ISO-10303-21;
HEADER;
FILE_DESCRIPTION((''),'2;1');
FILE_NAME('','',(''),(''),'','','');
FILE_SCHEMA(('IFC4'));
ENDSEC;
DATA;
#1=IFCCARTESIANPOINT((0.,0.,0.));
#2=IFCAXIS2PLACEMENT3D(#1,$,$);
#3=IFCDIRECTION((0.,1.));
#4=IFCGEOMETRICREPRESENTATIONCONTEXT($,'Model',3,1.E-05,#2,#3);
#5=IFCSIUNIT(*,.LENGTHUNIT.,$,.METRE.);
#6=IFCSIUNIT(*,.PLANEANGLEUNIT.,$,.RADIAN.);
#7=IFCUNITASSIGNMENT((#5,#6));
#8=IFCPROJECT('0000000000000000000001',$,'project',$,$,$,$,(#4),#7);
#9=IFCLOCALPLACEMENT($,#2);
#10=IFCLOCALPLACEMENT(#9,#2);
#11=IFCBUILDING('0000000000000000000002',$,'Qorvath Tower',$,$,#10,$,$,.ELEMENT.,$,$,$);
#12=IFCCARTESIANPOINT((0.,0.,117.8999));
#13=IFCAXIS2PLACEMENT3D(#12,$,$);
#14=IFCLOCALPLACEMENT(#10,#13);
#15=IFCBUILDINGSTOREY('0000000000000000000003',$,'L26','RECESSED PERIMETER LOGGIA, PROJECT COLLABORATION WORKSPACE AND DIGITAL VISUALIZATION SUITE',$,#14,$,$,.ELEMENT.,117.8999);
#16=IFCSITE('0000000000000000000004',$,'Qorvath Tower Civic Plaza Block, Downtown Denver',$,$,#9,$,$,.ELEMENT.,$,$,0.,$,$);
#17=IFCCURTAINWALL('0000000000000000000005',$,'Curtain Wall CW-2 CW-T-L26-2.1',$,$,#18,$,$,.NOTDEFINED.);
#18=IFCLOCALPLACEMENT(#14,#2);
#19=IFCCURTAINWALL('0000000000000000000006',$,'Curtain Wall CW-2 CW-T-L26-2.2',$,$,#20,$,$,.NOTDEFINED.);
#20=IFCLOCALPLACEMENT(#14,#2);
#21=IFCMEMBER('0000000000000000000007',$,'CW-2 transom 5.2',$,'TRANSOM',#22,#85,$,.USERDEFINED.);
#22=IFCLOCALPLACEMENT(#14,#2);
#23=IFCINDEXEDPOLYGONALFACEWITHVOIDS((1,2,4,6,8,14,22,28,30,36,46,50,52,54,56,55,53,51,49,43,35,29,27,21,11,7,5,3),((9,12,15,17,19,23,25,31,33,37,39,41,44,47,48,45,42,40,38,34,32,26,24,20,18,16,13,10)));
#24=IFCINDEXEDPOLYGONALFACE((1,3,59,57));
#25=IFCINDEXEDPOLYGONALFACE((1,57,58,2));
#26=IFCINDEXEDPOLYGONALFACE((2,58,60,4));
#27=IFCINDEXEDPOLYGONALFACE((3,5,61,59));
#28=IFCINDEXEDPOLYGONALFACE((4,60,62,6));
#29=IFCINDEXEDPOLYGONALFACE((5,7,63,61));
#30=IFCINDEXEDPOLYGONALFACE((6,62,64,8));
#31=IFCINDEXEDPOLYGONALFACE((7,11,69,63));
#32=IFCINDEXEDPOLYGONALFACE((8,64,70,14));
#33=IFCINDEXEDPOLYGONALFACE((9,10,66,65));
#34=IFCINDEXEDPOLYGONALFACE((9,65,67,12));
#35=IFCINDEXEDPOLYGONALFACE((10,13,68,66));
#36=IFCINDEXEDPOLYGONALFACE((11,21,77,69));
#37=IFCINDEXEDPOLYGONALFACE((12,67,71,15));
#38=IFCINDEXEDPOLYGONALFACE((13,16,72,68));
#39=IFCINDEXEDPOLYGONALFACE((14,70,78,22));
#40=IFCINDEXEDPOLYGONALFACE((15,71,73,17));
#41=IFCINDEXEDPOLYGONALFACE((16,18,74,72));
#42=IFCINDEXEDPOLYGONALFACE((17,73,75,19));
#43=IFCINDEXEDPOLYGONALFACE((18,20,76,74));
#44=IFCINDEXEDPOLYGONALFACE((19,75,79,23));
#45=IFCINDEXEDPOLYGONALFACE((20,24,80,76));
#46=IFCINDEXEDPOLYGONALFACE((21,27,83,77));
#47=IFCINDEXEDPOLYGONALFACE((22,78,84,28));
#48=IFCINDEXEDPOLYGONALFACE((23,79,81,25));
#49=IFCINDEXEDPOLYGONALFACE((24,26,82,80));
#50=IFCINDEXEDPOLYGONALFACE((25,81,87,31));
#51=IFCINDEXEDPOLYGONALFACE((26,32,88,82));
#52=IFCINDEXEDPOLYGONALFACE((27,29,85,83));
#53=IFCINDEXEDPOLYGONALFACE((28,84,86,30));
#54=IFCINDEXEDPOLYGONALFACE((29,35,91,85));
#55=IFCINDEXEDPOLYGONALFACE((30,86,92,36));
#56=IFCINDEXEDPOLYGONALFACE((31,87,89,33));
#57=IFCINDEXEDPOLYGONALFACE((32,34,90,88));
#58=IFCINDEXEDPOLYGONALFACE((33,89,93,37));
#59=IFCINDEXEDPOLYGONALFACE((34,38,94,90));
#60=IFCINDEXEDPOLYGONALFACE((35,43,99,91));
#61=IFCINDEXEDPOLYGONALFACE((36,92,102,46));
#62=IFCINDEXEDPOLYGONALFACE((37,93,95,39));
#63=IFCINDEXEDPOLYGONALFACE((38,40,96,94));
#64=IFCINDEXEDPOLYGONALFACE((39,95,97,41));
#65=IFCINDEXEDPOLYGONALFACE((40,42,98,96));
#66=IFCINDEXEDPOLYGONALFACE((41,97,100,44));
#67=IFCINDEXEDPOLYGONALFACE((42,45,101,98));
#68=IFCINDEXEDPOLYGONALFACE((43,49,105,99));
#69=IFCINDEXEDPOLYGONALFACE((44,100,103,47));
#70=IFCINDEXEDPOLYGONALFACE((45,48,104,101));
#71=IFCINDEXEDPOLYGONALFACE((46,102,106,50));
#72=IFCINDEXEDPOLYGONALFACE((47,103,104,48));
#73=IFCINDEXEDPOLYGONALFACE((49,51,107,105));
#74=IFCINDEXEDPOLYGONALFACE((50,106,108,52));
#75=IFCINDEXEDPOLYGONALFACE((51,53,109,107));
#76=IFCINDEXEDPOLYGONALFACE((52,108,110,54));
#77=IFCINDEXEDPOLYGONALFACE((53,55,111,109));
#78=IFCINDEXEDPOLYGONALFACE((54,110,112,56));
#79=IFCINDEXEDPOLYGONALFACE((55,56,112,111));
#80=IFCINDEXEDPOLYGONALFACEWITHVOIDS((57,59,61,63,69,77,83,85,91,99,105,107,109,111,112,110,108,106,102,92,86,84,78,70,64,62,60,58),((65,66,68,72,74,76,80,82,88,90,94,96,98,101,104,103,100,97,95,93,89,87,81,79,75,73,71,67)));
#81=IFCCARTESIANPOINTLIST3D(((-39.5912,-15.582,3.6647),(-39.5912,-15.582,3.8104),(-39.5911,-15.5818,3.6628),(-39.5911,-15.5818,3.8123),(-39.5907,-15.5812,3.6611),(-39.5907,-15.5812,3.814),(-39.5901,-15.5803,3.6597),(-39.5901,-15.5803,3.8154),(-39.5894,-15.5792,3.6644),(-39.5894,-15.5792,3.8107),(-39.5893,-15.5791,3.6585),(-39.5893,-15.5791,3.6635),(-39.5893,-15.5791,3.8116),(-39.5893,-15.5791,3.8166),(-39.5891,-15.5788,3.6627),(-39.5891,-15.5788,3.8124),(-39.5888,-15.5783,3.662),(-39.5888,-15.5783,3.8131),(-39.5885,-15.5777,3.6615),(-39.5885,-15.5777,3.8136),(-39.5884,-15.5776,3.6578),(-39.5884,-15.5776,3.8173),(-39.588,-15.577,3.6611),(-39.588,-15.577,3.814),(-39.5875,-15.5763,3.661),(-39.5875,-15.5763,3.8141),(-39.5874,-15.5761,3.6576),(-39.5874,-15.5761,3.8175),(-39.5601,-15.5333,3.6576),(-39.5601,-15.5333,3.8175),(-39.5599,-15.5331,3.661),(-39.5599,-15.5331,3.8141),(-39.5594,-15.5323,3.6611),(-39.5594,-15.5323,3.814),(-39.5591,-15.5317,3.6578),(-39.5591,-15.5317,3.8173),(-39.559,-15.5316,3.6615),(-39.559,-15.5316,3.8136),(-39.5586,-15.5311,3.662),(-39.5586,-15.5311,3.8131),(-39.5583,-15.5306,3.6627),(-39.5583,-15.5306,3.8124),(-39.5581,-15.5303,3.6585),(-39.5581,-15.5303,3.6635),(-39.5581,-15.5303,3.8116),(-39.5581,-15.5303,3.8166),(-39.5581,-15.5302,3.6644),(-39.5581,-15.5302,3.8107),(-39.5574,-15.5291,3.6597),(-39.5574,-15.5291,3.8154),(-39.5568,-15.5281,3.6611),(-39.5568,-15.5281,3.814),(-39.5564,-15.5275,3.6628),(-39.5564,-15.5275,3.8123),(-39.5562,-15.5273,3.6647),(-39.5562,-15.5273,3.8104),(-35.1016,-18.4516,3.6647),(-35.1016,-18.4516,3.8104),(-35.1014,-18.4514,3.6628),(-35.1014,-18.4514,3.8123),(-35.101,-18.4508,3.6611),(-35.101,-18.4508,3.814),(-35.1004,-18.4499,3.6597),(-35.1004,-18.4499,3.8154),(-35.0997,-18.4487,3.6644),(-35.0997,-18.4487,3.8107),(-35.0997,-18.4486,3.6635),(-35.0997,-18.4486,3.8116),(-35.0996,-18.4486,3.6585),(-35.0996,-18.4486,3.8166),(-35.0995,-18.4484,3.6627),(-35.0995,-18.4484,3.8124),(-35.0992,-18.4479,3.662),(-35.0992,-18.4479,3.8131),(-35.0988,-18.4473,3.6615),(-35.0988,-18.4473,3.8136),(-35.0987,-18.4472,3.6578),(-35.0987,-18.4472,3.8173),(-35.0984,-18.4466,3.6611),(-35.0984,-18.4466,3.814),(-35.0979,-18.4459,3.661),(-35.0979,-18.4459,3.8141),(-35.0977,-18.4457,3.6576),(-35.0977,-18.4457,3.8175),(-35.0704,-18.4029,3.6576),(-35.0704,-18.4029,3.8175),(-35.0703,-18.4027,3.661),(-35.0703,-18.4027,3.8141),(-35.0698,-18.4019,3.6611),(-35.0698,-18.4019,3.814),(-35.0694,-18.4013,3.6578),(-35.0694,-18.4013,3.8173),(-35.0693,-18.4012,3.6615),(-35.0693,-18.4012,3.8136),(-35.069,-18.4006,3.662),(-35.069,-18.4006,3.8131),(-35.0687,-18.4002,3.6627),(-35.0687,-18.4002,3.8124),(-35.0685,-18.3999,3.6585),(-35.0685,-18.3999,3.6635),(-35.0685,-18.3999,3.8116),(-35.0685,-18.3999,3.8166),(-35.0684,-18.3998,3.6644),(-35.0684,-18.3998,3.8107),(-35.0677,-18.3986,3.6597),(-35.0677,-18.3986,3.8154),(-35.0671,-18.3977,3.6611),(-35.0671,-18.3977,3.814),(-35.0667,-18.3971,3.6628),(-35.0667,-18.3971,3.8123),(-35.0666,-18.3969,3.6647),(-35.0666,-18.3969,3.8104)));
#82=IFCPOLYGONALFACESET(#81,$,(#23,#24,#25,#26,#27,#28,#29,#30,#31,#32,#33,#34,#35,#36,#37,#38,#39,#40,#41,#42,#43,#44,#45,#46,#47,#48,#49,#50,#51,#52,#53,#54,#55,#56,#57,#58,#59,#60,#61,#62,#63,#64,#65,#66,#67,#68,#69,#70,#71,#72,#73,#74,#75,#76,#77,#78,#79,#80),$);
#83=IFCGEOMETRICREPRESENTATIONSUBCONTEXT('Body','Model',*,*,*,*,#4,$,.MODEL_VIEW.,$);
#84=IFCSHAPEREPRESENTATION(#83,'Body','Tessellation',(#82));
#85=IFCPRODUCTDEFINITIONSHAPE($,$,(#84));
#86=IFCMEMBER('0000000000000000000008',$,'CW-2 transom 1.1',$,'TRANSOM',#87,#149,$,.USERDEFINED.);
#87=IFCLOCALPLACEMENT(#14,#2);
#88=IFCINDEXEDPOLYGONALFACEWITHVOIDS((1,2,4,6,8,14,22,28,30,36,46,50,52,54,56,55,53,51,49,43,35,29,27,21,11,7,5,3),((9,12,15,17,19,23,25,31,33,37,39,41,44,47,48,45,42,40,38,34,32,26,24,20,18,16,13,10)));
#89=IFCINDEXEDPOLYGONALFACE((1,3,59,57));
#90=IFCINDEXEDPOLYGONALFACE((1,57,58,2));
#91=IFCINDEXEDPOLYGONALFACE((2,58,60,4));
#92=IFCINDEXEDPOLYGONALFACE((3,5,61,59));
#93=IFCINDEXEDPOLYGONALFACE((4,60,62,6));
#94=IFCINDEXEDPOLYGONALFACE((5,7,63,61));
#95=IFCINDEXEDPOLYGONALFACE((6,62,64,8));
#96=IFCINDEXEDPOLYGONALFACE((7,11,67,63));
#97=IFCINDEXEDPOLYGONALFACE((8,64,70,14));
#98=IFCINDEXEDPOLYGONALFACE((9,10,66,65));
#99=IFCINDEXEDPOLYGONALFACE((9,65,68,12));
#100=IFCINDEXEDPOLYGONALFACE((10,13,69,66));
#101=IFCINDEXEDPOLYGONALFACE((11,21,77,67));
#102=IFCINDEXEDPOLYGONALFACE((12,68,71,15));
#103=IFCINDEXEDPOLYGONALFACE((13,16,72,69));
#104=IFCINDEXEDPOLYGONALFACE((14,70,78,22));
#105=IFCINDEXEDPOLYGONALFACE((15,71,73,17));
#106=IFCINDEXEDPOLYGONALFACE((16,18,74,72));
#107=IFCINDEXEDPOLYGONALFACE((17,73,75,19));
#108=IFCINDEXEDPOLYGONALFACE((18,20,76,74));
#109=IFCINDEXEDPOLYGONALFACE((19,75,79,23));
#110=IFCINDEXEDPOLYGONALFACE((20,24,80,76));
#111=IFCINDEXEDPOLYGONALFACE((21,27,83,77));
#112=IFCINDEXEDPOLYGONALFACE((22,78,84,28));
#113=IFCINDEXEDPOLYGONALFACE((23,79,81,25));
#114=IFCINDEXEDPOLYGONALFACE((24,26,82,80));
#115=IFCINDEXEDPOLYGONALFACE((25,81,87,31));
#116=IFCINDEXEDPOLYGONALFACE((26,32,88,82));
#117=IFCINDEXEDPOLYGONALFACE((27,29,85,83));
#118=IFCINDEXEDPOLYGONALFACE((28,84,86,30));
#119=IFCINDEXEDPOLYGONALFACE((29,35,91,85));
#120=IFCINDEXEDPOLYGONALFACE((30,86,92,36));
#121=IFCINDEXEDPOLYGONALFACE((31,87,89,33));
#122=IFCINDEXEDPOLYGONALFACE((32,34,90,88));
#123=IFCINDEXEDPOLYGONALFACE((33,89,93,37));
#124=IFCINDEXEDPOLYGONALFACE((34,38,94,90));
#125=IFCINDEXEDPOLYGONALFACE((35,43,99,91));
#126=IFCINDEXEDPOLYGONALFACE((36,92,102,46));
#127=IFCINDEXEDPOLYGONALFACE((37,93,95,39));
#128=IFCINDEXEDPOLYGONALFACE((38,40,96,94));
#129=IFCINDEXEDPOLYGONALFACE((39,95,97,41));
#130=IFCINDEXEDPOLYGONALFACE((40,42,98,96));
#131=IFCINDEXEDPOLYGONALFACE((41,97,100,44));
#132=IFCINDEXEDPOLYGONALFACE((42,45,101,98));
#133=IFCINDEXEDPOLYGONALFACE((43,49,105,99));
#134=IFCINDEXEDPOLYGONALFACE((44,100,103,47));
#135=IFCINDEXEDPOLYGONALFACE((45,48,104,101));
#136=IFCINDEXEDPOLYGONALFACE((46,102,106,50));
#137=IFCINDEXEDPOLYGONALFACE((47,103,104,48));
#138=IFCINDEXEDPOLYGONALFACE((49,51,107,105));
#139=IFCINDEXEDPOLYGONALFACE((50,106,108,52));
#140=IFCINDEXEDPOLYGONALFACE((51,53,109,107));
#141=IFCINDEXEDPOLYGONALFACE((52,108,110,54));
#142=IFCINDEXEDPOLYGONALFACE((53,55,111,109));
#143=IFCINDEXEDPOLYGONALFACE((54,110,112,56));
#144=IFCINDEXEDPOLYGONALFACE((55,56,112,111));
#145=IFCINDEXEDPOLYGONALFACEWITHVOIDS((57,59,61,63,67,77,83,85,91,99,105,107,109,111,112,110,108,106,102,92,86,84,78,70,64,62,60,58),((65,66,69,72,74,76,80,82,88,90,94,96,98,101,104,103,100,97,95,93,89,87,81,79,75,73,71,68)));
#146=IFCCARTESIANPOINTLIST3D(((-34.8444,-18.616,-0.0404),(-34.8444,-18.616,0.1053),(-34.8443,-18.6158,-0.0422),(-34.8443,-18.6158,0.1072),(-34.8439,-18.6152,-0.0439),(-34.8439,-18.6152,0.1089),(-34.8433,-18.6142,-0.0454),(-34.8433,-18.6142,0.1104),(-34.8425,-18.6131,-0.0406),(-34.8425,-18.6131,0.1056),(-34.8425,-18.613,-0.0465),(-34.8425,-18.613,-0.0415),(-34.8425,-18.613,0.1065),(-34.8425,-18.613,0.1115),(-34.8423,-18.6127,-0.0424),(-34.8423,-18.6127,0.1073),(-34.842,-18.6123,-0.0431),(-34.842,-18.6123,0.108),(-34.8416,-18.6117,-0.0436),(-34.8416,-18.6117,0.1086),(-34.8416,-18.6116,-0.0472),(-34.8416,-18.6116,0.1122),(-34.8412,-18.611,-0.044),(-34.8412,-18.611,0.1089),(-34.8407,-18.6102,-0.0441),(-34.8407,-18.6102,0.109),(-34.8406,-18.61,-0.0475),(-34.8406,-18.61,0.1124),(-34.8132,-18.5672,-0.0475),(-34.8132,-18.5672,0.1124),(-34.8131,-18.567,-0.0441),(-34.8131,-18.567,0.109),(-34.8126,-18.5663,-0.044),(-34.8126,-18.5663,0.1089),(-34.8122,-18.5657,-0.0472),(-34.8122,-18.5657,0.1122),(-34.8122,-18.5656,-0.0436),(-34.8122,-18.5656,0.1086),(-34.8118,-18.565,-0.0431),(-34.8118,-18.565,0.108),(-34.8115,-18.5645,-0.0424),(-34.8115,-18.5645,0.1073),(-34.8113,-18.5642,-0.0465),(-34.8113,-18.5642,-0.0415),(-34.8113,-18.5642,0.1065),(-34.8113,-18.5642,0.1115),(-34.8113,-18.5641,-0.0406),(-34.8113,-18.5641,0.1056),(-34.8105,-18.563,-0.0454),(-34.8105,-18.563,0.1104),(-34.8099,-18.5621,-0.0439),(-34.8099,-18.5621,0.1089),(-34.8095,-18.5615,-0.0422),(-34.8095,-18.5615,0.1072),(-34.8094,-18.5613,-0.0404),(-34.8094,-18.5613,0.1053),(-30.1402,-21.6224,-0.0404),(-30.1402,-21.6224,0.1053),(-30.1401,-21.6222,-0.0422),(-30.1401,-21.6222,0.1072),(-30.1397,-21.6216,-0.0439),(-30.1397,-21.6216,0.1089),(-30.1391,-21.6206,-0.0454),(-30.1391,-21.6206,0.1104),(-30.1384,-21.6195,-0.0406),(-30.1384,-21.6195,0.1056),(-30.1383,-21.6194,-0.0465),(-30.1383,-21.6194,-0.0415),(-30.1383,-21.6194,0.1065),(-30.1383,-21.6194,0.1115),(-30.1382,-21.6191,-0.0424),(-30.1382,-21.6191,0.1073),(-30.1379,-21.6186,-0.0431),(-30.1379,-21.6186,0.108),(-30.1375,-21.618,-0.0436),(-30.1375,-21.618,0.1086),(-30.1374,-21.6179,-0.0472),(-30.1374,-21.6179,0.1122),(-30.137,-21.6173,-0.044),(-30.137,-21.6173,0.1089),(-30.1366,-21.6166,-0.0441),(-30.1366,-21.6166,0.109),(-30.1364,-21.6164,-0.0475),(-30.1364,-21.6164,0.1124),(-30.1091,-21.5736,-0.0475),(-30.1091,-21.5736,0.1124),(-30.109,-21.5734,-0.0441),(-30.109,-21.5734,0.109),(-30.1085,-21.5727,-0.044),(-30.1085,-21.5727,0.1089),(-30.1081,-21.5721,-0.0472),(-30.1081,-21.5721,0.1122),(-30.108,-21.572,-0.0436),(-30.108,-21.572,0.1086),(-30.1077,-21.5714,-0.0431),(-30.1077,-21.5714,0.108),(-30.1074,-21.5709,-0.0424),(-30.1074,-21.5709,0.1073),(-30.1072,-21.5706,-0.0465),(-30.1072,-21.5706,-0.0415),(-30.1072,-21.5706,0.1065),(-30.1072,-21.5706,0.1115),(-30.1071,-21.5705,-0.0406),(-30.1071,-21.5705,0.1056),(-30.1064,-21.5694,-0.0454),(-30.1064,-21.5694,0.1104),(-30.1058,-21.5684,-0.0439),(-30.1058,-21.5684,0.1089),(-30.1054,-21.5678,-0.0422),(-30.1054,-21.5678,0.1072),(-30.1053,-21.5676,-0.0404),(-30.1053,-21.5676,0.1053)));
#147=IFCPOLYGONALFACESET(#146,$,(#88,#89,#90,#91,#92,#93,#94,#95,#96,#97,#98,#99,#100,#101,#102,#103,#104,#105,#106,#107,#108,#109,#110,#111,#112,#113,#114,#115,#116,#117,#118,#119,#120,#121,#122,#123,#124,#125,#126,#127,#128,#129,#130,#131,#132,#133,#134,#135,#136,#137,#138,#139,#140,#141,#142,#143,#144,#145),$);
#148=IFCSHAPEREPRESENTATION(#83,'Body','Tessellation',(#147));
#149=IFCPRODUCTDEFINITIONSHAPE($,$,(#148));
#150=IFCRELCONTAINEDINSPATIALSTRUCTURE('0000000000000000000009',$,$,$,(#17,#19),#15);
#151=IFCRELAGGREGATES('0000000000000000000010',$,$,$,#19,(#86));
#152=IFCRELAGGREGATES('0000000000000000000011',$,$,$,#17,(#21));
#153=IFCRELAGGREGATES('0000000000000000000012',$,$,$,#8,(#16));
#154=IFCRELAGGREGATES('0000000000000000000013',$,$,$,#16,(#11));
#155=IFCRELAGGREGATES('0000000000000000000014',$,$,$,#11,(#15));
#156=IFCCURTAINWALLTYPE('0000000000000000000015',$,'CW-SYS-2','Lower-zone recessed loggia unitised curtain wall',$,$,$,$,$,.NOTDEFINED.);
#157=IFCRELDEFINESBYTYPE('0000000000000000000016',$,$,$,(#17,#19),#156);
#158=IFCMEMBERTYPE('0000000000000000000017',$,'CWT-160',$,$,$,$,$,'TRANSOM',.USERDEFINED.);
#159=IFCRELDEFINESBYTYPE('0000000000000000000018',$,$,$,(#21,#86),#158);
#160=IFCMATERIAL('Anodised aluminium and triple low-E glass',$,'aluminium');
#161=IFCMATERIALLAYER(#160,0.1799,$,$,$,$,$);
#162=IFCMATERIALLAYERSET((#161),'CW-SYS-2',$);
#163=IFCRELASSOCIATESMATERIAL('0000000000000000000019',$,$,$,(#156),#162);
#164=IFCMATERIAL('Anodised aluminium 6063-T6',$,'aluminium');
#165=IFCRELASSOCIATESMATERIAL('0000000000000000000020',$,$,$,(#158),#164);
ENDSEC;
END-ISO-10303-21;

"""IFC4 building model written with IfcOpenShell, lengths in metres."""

from ifc_helpers import new_model, si_unit, direction, frame, origin, origin_2d, place, context, subcontext, project, spatial, hollow_rectangle, extrude, material, layer, layer_set, material_profile, profile_set, type_object, element, aggregate, save


model = new_model("IFC4")

# Units and contexts
model_context = context("Model", 3, precision=1e-05, world=origin(), true_north=direction((0.0, 1.0)))
body_context = subcontext(model_context, "Body", "Model", "MODEL_VIEW")
ifc_project = project(units=[si_unit("LENGTHUNIT", "METRE"), si_unit("PLANEANGLEUNIT", "RADIAN")], contexts=[model_context])

# Site, building, storey
site_placement = place(None, origin())
site = spatial("IfcSite", under=ifc_project, at=site_placement, Name="Qorvath Tower Civic Plaza Block, Downtown Denver", CompositionType="ELEMENT", RefElevation=0.0)
building_placement = place(site_placement, origin())
building = spatial("IfcBuilding", under=site, at=building_placement, Name="Qorvath Tower", CompositionType="ELEMENT")
storey_placement = place(building_placement, frame((0.0, 0.0, 117.8999)))
storey = spatial("IfcBuildingStorey", under=building, at=storey_placement, Name="L26", Description="RECESSED PERIMETER LOGGIA, PROJECT COLLABORATION WORKSPACE AND DIGITAL VISUALIZATION SUITE", CompositionType="ELEMENT", Elevation=117.8999)

# Curtain wall
ifc_material_1 = material(Name="Anodised aluminium and triple low-E glass", Category="aluminium")
ifc_layer_1 = layer(ifc_material_1, 0.1799)
ifc_layer_set_1 = layer_set([ifc_layer_1], Name="CW-SYS-2")
curtain_wall_type = type_object("IfcCurtainWallType", Name="CW-SYS-2", Description="Lower-zone recessed loggia unitised curtain wall", PredefinedType="NOTDEFINED", material=ifc_layer_set_1)
curtain_wall_1_placement = place(storey_placement, origin())
curtain_wall_1 = element("IfcCurtainWall", 1, at=curtain_wall_1_placement, inside=storey, type_object=curtain_wall_type, Name="Curtain Wall CW-2 CW-T-L26-2.1", PredefinedType="NOTDEFINED")

# Curtain wall
curtain_wall_2_placement = place(storey_placement, origin())
curtain_wall_2 = element("IfcCurtainWall", 2, at=curtain_wall_2_placement, inside=storey, type_object=curtain_wall_type, Name="Curtain Wall CW-2 CW-T-L26-2.2", PredefinedType="NOTDEFINED")

# Members
ifc_material_2 = material(Name="Anodised aluminium 6063-T6", Category="aluminium")
ifc_material_profile_1 = material_profile(ifc_material_2, hollow_rectangle(XDim=0.0649, YDim=0.1599, WallThickness=0.0034, InnerFilletRadius=0.0034, OuterFilletRadius=0.0071, at=origin_2d()), Name="CWT 160x65")
ifc_profile_set_1 = profile_set([ifc_material_profile_1], Name="Anodised aluminium 6063-T6")
member_type_1 = type_object("IfcMemberType", Name="CWT-160", ElementType="TRANSOM", PredefinedType="USERDEFINED", material=ifc_profile_set_1)
member_1_placement = place(storey_placement, frame((-39.5737, -15.5547, 3.7375), z_axis=(0.842596, -0.538547, 0.0), x_axis=(0.538547, 0.842596, 0.0)))
member_1 = element("IfcMember", 3, at=member_1_placement, type_object=member_type_1, Name="CW-2 transom 5.2", ObjectType="TRANSOM", PredefinedType="USERDEFINED", context=body_context, shape_type="SweptSolid", body=[
    extrude(hollow_rectangle(XDim=0.0649, YDim=0.1599, WallThickness=0.0034, InnerFilletRadius=0.0034, OuterFilletRadius=0.0071, at=origin_2d()), origin(), (0.0, 0.0, 1.0), 5.3284),
])
member_2_placement = place(storey_placement, frame((-34.8269, -18.5886, 0.0325), z_axis=(0.842619, -0.53851, 0.0), x_axis=(0.53851, 0.842619, 0.0)))
member_2 = element("IfcMember", 4, at=member_2_placement, type_object=member_type_1, Name="CW-2 transom 1.1", ObjectType="TRANSOM", PredefinedType="USERDEFINED", context=body_context, shape_type="SweptSolid", body=[
    extrude(hollow_rectangle(XDim=0.0649, YDim=0.1599, WallThickness=0.0034, InnerFilletRadius=0.0034, OuterFilletRadius=0.0071, at=origin_2d()), origin(), (0.0, 0.0, 1.0), 5.5828),
])
aggregate(curtain_wall_2, [member_2])

aggregate(curtain_wall_1, [member_1])

save(model, "model.ifc")
